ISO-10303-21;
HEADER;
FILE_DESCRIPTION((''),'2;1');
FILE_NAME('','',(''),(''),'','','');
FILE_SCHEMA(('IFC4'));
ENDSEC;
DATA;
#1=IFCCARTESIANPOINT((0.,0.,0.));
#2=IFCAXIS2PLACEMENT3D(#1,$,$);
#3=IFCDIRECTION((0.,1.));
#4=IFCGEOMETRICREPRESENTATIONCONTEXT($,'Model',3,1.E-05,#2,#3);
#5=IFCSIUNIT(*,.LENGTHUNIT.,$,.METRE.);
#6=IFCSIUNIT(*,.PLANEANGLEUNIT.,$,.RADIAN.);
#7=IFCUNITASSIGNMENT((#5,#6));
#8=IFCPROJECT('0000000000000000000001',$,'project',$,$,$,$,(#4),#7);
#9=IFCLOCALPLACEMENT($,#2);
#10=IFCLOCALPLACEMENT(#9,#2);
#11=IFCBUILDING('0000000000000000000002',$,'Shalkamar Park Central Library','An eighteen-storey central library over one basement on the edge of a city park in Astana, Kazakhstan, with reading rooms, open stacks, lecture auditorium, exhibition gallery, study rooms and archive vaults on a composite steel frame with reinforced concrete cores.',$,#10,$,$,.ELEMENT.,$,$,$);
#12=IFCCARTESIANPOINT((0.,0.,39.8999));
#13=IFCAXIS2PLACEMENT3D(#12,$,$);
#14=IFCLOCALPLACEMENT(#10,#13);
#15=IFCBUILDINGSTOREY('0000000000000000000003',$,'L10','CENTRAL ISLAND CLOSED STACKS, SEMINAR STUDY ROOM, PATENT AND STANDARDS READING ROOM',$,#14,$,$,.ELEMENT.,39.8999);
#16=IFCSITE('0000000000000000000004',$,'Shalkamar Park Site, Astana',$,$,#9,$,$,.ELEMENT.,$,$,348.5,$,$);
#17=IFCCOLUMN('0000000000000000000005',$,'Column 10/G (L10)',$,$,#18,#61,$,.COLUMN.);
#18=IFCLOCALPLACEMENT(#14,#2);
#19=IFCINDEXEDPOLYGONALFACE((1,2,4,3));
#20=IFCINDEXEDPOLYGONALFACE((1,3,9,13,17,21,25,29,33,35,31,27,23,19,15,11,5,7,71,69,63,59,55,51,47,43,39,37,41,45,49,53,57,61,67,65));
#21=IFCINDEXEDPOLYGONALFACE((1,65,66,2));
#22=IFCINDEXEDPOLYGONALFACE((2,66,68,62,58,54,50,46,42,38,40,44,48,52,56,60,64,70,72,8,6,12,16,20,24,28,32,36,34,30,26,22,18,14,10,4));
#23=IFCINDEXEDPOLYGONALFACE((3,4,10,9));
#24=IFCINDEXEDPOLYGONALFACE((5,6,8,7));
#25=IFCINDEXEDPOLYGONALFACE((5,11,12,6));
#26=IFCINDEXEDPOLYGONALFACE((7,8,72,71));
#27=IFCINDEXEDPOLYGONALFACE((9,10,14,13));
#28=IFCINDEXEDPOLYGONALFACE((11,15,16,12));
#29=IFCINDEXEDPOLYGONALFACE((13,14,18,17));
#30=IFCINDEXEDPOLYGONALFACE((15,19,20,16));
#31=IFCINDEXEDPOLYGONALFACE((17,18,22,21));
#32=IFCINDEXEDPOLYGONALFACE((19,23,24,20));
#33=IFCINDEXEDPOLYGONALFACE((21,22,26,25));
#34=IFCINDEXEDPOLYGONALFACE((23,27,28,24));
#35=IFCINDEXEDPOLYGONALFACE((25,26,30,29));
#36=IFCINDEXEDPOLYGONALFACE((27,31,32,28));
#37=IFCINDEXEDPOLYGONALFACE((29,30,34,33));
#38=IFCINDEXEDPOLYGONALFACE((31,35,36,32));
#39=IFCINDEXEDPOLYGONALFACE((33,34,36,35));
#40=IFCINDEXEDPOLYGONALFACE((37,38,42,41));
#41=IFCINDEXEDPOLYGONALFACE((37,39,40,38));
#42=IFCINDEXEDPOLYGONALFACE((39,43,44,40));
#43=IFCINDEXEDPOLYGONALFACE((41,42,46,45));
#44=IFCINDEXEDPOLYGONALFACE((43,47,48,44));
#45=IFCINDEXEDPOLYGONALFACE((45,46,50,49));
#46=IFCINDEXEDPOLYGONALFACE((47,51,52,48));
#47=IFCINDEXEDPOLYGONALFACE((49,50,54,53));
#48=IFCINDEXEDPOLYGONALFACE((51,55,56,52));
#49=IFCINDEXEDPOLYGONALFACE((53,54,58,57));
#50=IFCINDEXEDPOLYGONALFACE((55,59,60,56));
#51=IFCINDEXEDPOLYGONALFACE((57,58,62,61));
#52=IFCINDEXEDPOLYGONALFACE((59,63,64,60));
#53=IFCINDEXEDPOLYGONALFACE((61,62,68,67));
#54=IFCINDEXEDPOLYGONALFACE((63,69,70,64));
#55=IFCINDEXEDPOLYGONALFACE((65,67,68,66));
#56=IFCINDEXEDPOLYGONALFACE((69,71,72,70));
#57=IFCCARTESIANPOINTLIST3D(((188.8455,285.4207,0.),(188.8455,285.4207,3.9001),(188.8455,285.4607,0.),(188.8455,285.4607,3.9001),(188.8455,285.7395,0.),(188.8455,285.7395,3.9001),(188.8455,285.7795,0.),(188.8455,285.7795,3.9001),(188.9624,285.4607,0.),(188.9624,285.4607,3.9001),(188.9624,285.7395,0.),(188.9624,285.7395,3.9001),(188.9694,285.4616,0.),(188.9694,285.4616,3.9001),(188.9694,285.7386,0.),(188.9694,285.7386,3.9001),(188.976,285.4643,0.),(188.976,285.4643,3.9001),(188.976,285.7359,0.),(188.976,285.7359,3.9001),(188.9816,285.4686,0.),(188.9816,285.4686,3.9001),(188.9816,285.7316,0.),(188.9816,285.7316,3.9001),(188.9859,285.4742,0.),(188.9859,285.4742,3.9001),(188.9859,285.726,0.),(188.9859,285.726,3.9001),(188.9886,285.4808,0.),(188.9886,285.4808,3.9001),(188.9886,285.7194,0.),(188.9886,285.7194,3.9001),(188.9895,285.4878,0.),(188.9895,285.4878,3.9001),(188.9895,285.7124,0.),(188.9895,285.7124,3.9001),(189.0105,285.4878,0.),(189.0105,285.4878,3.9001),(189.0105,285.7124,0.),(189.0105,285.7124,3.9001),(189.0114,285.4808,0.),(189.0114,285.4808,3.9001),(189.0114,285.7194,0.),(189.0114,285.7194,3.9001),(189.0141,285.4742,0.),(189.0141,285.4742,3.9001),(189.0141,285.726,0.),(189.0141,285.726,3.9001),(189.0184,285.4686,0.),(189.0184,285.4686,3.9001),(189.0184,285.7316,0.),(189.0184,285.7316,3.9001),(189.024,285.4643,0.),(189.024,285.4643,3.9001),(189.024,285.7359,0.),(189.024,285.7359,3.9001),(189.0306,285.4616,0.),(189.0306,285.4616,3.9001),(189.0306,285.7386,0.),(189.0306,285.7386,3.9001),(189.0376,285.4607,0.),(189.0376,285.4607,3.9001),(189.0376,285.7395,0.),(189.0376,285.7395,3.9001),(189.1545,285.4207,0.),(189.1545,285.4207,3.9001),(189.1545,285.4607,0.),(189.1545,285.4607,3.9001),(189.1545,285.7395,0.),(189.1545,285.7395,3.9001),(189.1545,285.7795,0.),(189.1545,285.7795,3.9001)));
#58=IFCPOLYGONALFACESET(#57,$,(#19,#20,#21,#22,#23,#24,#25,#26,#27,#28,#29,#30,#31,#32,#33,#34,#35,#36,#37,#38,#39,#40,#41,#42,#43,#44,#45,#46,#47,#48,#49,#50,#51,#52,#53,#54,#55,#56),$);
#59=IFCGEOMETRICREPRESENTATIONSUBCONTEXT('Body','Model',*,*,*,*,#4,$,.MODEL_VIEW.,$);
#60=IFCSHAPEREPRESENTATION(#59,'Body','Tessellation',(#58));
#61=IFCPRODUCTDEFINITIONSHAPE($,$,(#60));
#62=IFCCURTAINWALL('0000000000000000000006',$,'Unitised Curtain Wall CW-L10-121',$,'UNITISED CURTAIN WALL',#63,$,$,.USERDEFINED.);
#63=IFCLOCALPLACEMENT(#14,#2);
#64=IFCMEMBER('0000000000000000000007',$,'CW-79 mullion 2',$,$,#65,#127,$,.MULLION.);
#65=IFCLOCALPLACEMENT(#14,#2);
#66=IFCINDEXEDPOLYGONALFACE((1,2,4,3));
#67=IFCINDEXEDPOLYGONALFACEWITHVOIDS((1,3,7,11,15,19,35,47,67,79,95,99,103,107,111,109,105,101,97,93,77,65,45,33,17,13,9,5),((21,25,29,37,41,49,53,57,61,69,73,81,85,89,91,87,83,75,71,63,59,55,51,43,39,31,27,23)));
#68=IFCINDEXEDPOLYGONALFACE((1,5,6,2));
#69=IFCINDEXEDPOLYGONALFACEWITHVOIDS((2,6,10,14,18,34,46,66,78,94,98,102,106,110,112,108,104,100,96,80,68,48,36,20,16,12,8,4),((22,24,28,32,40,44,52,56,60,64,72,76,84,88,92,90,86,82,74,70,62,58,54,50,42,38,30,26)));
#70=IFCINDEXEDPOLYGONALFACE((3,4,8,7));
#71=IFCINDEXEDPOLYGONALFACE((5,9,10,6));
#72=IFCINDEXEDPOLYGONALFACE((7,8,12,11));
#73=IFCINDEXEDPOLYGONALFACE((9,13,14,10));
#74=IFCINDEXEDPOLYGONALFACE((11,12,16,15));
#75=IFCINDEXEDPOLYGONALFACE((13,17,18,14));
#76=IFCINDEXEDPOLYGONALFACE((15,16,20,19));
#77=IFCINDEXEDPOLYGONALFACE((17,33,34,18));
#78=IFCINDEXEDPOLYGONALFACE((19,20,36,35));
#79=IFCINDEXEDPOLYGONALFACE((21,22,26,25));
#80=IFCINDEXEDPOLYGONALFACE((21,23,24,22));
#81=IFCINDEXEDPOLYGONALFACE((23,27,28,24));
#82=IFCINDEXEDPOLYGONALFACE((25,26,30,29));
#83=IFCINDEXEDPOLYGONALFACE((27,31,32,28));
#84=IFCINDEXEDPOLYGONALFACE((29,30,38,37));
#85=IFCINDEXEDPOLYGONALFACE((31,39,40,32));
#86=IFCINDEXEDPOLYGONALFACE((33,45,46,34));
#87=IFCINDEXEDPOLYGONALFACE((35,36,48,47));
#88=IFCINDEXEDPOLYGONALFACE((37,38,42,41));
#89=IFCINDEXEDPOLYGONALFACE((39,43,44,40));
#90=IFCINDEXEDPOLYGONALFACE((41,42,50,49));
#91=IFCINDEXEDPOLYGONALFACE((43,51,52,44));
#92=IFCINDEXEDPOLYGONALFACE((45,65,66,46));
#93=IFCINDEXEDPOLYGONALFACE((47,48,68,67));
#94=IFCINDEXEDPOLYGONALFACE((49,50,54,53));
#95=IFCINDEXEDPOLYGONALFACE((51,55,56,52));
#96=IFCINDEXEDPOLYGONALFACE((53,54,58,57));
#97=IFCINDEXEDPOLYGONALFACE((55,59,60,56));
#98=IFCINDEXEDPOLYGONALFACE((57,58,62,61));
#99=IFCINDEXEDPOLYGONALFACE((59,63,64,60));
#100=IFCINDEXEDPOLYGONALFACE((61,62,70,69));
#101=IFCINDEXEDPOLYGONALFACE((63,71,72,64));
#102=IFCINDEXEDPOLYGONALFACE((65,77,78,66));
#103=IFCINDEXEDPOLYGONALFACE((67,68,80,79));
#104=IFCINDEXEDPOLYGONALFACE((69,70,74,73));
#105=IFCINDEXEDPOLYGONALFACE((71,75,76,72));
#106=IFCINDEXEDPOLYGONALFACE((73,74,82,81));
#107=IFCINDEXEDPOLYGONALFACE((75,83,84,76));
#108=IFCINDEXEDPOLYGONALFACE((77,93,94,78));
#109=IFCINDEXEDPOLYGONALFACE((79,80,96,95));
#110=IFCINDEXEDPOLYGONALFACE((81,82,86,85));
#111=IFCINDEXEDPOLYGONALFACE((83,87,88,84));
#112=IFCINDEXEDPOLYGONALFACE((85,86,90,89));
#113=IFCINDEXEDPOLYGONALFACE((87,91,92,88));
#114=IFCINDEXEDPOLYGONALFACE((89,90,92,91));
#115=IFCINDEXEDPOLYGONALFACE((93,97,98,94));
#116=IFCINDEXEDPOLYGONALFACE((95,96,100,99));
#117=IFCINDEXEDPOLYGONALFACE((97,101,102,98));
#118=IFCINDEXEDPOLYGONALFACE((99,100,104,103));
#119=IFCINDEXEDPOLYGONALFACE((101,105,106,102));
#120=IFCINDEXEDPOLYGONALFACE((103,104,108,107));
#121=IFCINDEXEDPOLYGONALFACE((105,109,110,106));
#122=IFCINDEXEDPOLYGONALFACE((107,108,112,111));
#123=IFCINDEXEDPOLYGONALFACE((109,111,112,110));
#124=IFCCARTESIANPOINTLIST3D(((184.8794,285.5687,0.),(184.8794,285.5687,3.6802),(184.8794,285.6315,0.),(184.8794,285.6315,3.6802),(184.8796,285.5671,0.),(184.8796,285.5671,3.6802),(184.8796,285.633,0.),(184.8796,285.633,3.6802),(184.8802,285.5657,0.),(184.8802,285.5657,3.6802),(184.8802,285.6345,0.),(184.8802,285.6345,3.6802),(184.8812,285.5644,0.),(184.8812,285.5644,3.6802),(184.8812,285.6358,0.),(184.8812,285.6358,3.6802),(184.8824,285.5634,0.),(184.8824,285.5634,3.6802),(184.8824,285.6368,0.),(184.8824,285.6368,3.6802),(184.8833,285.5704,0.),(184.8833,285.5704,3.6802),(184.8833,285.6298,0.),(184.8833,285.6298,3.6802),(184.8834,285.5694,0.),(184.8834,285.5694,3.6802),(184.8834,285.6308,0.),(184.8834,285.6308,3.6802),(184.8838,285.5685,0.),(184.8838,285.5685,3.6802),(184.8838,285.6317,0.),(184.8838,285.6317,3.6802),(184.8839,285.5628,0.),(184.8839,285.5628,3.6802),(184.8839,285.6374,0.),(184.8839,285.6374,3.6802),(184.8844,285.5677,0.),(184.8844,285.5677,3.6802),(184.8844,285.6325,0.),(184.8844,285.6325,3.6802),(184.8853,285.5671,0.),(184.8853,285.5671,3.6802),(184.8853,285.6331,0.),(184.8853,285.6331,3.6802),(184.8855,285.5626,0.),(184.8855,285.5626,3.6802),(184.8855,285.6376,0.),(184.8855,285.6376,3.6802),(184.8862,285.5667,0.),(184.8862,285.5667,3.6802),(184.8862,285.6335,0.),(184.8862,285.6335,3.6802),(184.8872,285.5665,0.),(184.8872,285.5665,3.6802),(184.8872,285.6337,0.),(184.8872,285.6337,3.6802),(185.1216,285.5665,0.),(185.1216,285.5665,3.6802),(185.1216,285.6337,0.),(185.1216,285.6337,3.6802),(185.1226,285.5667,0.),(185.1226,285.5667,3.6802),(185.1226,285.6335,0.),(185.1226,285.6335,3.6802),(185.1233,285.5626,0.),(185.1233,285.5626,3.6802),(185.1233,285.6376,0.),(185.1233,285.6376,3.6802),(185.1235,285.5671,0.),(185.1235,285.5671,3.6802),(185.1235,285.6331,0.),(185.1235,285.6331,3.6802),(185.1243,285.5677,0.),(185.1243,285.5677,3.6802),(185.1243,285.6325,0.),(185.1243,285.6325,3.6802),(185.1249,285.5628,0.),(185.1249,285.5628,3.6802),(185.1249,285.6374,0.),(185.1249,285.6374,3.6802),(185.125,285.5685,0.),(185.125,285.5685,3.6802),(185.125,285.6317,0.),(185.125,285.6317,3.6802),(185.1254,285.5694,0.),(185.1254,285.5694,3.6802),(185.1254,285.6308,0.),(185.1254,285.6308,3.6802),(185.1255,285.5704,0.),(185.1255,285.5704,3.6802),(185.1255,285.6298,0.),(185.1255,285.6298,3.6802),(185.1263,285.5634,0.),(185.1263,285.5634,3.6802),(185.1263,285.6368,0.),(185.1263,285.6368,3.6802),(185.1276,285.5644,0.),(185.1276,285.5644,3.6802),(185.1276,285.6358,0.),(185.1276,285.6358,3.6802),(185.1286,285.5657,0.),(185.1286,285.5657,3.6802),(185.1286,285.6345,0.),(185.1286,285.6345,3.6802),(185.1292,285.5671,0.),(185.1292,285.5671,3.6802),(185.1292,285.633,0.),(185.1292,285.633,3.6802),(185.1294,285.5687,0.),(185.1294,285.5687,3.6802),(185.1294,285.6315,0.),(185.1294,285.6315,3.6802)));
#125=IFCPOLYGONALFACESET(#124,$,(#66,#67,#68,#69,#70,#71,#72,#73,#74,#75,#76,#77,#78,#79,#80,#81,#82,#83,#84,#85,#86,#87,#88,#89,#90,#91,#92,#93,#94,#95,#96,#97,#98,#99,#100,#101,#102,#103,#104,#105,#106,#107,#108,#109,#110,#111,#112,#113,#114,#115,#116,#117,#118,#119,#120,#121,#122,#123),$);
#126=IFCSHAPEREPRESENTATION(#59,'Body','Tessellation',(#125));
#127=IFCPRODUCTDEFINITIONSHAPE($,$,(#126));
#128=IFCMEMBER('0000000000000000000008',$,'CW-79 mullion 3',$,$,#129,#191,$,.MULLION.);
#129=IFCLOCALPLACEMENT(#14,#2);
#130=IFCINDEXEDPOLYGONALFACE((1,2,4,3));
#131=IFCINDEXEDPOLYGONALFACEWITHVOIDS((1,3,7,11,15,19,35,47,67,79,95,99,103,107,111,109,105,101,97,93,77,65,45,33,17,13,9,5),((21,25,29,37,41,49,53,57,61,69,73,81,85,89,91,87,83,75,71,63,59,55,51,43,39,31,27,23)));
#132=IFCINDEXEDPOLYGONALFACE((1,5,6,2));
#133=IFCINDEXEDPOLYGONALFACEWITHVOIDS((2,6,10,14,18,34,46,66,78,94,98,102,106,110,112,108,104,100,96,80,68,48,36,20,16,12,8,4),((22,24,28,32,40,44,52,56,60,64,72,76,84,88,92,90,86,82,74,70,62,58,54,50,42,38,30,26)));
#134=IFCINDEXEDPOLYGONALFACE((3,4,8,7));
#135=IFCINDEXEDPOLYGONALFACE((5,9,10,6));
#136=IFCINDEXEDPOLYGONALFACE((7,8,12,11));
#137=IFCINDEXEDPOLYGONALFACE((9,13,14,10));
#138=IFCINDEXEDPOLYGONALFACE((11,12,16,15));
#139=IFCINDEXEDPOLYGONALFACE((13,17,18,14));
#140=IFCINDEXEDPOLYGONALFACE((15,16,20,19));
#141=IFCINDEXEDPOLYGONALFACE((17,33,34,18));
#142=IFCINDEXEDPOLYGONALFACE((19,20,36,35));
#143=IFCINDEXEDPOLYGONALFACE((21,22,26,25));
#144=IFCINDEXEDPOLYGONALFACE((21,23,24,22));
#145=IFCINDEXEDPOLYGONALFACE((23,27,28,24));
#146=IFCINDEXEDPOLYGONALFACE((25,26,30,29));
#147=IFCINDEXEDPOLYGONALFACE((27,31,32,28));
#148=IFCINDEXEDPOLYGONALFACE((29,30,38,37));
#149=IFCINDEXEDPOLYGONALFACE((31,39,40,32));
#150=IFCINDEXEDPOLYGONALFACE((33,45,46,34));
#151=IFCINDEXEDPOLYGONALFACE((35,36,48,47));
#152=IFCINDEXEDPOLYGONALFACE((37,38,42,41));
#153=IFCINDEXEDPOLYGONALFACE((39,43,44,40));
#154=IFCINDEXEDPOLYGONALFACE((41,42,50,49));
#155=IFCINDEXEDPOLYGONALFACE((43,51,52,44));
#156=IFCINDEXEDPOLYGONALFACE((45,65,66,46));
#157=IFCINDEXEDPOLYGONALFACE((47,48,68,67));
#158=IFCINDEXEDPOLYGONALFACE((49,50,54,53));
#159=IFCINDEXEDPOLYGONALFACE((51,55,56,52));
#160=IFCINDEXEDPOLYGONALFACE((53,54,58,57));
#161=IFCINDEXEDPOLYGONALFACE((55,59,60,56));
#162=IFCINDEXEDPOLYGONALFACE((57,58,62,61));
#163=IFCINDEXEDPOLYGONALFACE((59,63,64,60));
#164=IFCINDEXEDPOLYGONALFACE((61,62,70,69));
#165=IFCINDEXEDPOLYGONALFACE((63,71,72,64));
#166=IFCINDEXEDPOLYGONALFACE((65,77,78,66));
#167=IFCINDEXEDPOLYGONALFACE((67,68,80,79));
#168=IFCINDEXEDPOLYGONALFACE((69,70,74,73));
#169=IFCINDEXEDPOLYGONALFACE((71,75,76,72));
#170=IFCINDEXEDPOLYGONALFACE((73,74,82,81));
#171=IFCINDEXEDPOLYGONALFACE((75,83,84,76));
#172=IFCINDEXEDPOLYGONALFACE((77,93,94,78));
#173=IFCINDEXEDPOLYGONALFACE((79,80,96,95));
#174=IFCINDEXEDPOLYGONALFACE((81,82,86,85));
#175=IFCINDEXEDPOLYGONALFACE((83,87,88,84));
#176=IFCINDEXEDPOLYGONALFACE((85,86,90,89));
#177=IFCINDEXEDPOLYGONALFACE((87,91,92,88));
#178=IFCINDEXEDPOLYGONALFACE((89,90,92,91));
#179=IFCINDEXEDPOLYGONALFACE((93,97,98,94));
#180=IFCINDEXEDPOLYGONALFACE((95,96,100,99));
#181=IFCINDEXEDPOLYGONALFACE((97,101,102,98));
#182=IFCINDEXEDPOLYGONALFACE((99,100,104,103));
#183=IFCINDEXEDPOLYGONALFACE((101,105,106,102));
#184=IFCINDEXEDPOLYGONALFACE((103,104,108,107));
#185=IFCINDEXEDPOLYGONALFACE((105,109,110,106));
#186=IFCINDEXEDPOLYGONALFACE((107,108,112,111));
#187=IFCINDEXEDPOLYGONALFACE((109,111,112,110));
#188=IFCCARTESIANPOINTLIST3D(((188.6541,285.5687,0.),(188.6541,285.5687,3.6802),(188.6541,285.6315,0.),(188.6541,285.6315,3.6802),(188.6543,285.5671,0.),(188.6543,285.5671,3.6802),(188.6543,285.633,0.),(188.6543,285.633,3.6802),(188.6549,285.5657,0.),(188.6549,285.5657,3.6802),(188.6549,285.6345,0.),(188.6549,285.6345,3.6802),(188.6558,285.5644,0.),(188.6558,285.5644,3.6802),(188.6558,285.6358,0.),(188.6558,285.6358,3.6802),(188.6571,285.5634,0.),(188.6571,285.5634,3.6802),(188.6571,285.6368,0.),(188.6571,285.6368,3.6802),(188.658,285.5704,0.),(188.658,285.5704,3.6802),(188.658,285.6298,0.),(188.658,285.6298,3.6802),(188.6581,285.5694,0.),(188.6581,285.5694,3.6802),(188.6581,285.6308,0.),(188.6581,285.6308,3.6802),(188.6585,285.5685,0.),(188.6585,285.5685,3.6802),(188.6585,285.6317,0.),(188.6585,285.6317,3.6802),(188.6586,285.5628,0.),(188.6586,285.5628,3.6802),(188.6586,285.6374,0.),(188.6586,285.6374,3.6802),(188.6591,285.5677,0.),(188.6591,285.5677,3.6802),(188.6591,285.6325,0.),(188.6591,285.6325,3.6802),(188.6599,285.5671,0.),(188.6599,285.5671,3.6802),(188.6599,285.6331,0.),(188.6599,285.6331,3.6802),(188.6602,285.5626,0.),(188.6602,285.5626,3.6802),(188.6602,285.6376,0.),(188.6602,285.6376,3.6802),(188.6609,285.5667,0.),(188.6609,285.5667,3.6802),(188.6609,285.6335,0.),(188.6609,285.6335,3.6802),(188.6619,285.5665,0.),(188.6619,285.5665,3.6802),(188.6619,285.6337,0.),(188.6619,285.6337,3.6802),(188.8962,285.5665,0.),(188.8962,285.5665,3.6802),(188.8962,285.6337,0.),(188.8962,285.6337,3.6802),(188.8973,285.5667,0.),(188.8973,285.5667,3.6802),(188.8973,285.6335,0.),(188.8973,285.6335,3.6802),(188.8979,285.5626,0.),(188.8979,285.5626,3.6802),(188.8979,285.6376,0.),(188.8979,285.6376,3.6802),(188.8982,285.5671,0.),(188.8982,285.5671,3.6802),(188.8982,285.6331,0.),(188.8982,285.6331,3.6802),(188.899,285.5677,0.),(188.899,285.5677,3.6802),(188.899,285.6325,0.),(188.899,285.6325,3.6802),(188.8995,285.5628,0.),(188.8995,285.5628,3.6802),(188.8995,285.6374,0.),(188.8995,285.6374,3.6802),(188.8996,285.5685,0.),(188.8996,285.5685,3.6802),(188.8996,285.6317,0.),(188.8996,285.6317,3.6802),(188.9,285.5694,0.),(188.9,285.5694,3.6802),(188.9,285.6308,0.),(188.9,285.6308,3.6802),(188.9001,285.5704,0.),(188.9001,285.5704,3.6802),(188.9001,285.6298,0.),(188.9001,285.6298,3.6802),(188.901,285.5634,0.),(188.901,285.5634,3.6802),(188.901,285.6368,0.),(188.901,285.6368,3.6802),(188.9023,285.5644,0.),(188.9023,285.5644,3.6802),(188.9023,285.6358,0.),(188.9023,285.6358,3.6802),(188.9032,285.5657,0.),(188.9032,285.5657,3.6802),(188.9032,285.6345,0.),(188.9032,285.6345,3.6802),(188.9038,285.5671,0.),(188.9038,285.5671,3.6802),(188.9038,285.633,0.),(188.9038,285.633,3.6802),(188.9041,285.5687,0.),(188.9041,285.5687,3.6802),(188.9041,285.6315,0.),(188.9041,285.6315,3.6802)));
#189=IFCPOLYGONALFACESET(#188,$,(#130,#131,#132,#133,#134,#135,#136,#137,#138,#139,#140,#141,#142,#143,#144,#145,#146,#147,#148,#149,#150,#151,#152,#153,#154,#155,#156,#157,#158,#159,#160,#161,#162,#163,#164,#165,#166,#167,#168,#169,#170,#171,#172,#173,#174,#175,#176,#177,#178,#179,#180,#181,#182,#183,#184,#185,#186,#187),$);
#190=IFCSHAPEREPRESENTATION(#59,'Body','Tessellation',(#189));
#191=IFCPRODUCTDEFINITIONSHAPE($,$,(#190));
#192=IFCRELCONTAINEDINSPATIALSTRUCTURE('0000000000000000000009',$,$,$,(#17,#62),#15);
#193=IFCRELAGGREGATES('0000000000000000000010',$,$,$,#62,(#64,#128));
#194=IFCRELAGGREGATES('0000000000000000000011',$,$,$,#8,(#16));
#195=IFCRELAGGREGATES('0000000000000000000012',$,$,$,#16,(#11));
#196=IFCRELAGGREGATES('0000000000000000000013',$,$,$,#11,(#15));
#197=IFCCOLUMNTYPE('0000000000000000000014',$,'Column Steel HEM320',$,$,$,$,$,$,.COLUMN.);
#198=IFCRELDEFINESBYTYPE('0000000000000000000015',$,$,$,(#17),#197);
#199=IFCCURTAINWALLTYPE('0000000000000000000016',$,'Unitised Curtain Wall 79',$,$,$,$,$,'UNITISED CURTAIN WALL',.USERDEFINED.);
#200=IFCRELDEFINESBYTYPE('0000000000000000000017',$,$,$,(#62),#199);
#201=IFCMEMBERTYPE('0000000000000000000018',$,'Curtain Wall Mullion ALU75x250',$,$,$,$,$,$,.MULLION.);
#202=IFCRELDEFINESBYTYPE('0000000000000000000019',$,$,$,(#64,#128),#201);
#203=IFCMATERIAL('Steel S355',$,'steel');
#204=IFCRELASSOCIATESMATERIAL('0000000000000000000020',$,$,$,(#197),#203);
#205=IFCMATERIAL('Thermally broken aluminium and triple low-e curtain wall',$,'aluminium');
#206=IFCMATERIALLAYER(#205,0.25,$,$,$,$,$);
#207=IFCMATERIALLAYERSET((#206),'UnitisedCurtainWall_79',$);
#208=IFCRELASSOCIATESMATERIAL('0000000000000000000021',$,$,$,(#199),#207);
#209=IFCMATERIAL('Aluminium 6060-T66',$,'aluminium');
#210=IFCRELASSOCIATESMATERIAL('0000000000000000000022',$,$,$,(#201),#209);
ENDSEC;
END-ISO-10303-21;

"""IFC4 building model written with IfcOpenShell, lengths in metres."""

from ifc_helpers import new_model, si_unit, direction, frame, origin, origin_2d, place, context, subcontext, project, spatial, hollow_rectangle, i_section, extrude, material, layer, layer_set, material_profile, profile_set, type_object, element, aggregate, save


model = new_model("IFC4")

# Units and contexts
model_context = context("Model", 3, precision=1e-05, world=origin(), true_north=direction((0.0, 1.0)))
body_context = subcontext(model_context, "Body", "Model", "MODEL_VIEW")
ifc_project = project(units=[si_unit("LENGTHUNIT", "METRE"), si_unit("PLANEANGLEUNIT", "RADIAN")], contexts=[model_context])

# Site, building, storey
site_placement = place(None, origin())
site = spatial("IfcSite", under=ifc_project, at=site_placement, Name="Shalkamar Park Site, Astana", CompositionType="ELEMENT", RefElevation=348.5)
building_placement = place(site_placement, origin())
building = spatial("IfcBuilding", under=site, at=building_placement, Name="Shalkamar Park Central Library", Description="An eighteen-storey central library over one basement on the edge of a city park in Astana, Kazakhstan, with reading rooms, open stacks, lecture auditorium, exhibition gallery, study rooms and archive vaults on a composite steel frame with reinforced concrete cores.", CompositionType="ELEMENT")
storey_placement = place(building_placement, frame((0.0, 0.0, 39.8999)))
storey = spatial("IfcBuildingStorey", under=building, at=storey_placement, Name="L10", Description="CENTRAL ISLAND CLOSED STACKS, SEMINAR STUDY ROOM, PATENT AND STANDARDS READING ROOM", CompositionType="ELEMENT", Elevation=39.8999)

# Column
ifc_material_1 = material(Name="Steel S355", Category="steel")
ifc_material_profile_1 = material_profile(ifc_material_1, i_section(OverallWidth=0.3091, OverallDepth=0.3589, WebThickness=0.021, FlangeThickness=0.04, FilletRadius=0.0271, at=origin_2d()), Name="HEM 320")
ifc_profile_set_1 = profile_set([ifc_material_profile_1], Name="Steel S355")
column_type = type_object("IfcColumnType", Name="Column Steel HEM320", PredefinedType="COLUMN", material=ifc_profile_set_1)
column_placement = place(storey_placement, frame((189.0, 285.6001, 0.0), z_axis=(0.0, 0.0, 1.0), x_axis=(1.0, 0.0, 0.0)))
element("IfcColumn", 1, at=column_placement, inside=storey, type_object=column_type, Name="Column 10/G (L10)", PredefinedType="COLUMN", context=body_context, shape_type="SweptSolid", body=[
    extrude(i_section(OverallWidth=0.3091, OverallDepth=0.3589, WebThickness=0.021, FlangeThickness=0.04, FilletRadius=0.0271, at=origin_2d()), origin(), (0.0, 0.0, 1.0), 3.9001),
])

# Curtain wall, members
ifc_material_2 = material(Name="Thermally broken aluminium and triple low-e curtain wall", Category="aluminium")
ifc_layer_1 = layer(ifc_material_2, 0.25)
ifc_layer_set_1 = layer_set([ifc_layer_1], Name="UnitisedCurtainWall_79")
curtain_wall_type_1 = type_object("IfcCurtainWallType", Name="Unitised Curtain Wall 79", ElementType="UNITISED CURTAIN WALL", PredefinedType="USERDEFINED", material=ifc_layer_set_1)
curtain_wall_1_placement = place(storey_placement, origin())
curtain_wall_1 = element("IfcCurtainWall", 2, at=curtain_wall_1_placement, inside=storey, type_object=curtain_wall_type_1, Name="Unitised Curtain Wall CW-L10-121", ObjectType="UNITISED CURTAIN WALL", PredefinedType="USERDEFINED")
ifc_material_3 = material(Name="Aluminium 6060-T66", Category="aluminium")
ifc_material_profile_2 = material_profile(ifc_material_3, hollow_rectangle(XDim=0.075, YDim=0.25, WallThickness=0.0039, InnerFilletRadius=0.0039, OuterFilletRadius=0.0061, at=origin_2d()), Name="ALU 75x250x4")
ifc_profile_set_2 = profile_set([ifc_material_profile_2], Name="Aluminium 6060-T66")
member_type_1 = type_object("IfcMemberType", Name="Curtain Wall Mullion ALU75x250", PredefinedType="MULLION", material=ifc_profile_set_2)
member_1_placement = place(storey_placement, frame((185.0044, 285.6001, 0.0), z_axis=(0.0, 0.0, 1.0), x_axis=(0.0, 1.0, 0.0)))
member_1 = element("IfcMember", 3, at=member_1_placement, type_object=member_type_1, Name="CW-79 mullion 2", PredefinedType="MULLION", context=body_context, shape_type="SweptSolid", body=[
    extrude(hollow_rectangle(XDim=0.075, YDim=0.25, WallThickness=0.0039, InnerFilletRadius=0.0039, OuterFilletRadius=0.0061, at=origin_2d()), origin(), (0.0, 0.0, 1.0), 3.6802),
])
member_2_placement = place(storey_placement, frame((188.7791, 285.6001, 0.0), z_axis=(0.0, 0.0, 1.0), x_axis=(0.0, 1.0, 0.0)))
member_2 = element("IfcMember", 4, at=member_2_placement, type_object=member_type_1, Name="CW-79 mullion 3", PredefinedType="MULLION", context=body_context, shape_type="SweptSolid", body=[
    extrude(hollow_rectangle(XDim=0.075, YDim=0.25, WallThickness=0.0039, InnerFilletRadius=0.0039, OuterFilletRadius=0.0061, at=origin_2d()), origin(), (0.0, 0.0, 1.0), 3.6802),
])

aggregate(curtain_wall_1, [member_1, member_2])

save(model, "model.ifc")
